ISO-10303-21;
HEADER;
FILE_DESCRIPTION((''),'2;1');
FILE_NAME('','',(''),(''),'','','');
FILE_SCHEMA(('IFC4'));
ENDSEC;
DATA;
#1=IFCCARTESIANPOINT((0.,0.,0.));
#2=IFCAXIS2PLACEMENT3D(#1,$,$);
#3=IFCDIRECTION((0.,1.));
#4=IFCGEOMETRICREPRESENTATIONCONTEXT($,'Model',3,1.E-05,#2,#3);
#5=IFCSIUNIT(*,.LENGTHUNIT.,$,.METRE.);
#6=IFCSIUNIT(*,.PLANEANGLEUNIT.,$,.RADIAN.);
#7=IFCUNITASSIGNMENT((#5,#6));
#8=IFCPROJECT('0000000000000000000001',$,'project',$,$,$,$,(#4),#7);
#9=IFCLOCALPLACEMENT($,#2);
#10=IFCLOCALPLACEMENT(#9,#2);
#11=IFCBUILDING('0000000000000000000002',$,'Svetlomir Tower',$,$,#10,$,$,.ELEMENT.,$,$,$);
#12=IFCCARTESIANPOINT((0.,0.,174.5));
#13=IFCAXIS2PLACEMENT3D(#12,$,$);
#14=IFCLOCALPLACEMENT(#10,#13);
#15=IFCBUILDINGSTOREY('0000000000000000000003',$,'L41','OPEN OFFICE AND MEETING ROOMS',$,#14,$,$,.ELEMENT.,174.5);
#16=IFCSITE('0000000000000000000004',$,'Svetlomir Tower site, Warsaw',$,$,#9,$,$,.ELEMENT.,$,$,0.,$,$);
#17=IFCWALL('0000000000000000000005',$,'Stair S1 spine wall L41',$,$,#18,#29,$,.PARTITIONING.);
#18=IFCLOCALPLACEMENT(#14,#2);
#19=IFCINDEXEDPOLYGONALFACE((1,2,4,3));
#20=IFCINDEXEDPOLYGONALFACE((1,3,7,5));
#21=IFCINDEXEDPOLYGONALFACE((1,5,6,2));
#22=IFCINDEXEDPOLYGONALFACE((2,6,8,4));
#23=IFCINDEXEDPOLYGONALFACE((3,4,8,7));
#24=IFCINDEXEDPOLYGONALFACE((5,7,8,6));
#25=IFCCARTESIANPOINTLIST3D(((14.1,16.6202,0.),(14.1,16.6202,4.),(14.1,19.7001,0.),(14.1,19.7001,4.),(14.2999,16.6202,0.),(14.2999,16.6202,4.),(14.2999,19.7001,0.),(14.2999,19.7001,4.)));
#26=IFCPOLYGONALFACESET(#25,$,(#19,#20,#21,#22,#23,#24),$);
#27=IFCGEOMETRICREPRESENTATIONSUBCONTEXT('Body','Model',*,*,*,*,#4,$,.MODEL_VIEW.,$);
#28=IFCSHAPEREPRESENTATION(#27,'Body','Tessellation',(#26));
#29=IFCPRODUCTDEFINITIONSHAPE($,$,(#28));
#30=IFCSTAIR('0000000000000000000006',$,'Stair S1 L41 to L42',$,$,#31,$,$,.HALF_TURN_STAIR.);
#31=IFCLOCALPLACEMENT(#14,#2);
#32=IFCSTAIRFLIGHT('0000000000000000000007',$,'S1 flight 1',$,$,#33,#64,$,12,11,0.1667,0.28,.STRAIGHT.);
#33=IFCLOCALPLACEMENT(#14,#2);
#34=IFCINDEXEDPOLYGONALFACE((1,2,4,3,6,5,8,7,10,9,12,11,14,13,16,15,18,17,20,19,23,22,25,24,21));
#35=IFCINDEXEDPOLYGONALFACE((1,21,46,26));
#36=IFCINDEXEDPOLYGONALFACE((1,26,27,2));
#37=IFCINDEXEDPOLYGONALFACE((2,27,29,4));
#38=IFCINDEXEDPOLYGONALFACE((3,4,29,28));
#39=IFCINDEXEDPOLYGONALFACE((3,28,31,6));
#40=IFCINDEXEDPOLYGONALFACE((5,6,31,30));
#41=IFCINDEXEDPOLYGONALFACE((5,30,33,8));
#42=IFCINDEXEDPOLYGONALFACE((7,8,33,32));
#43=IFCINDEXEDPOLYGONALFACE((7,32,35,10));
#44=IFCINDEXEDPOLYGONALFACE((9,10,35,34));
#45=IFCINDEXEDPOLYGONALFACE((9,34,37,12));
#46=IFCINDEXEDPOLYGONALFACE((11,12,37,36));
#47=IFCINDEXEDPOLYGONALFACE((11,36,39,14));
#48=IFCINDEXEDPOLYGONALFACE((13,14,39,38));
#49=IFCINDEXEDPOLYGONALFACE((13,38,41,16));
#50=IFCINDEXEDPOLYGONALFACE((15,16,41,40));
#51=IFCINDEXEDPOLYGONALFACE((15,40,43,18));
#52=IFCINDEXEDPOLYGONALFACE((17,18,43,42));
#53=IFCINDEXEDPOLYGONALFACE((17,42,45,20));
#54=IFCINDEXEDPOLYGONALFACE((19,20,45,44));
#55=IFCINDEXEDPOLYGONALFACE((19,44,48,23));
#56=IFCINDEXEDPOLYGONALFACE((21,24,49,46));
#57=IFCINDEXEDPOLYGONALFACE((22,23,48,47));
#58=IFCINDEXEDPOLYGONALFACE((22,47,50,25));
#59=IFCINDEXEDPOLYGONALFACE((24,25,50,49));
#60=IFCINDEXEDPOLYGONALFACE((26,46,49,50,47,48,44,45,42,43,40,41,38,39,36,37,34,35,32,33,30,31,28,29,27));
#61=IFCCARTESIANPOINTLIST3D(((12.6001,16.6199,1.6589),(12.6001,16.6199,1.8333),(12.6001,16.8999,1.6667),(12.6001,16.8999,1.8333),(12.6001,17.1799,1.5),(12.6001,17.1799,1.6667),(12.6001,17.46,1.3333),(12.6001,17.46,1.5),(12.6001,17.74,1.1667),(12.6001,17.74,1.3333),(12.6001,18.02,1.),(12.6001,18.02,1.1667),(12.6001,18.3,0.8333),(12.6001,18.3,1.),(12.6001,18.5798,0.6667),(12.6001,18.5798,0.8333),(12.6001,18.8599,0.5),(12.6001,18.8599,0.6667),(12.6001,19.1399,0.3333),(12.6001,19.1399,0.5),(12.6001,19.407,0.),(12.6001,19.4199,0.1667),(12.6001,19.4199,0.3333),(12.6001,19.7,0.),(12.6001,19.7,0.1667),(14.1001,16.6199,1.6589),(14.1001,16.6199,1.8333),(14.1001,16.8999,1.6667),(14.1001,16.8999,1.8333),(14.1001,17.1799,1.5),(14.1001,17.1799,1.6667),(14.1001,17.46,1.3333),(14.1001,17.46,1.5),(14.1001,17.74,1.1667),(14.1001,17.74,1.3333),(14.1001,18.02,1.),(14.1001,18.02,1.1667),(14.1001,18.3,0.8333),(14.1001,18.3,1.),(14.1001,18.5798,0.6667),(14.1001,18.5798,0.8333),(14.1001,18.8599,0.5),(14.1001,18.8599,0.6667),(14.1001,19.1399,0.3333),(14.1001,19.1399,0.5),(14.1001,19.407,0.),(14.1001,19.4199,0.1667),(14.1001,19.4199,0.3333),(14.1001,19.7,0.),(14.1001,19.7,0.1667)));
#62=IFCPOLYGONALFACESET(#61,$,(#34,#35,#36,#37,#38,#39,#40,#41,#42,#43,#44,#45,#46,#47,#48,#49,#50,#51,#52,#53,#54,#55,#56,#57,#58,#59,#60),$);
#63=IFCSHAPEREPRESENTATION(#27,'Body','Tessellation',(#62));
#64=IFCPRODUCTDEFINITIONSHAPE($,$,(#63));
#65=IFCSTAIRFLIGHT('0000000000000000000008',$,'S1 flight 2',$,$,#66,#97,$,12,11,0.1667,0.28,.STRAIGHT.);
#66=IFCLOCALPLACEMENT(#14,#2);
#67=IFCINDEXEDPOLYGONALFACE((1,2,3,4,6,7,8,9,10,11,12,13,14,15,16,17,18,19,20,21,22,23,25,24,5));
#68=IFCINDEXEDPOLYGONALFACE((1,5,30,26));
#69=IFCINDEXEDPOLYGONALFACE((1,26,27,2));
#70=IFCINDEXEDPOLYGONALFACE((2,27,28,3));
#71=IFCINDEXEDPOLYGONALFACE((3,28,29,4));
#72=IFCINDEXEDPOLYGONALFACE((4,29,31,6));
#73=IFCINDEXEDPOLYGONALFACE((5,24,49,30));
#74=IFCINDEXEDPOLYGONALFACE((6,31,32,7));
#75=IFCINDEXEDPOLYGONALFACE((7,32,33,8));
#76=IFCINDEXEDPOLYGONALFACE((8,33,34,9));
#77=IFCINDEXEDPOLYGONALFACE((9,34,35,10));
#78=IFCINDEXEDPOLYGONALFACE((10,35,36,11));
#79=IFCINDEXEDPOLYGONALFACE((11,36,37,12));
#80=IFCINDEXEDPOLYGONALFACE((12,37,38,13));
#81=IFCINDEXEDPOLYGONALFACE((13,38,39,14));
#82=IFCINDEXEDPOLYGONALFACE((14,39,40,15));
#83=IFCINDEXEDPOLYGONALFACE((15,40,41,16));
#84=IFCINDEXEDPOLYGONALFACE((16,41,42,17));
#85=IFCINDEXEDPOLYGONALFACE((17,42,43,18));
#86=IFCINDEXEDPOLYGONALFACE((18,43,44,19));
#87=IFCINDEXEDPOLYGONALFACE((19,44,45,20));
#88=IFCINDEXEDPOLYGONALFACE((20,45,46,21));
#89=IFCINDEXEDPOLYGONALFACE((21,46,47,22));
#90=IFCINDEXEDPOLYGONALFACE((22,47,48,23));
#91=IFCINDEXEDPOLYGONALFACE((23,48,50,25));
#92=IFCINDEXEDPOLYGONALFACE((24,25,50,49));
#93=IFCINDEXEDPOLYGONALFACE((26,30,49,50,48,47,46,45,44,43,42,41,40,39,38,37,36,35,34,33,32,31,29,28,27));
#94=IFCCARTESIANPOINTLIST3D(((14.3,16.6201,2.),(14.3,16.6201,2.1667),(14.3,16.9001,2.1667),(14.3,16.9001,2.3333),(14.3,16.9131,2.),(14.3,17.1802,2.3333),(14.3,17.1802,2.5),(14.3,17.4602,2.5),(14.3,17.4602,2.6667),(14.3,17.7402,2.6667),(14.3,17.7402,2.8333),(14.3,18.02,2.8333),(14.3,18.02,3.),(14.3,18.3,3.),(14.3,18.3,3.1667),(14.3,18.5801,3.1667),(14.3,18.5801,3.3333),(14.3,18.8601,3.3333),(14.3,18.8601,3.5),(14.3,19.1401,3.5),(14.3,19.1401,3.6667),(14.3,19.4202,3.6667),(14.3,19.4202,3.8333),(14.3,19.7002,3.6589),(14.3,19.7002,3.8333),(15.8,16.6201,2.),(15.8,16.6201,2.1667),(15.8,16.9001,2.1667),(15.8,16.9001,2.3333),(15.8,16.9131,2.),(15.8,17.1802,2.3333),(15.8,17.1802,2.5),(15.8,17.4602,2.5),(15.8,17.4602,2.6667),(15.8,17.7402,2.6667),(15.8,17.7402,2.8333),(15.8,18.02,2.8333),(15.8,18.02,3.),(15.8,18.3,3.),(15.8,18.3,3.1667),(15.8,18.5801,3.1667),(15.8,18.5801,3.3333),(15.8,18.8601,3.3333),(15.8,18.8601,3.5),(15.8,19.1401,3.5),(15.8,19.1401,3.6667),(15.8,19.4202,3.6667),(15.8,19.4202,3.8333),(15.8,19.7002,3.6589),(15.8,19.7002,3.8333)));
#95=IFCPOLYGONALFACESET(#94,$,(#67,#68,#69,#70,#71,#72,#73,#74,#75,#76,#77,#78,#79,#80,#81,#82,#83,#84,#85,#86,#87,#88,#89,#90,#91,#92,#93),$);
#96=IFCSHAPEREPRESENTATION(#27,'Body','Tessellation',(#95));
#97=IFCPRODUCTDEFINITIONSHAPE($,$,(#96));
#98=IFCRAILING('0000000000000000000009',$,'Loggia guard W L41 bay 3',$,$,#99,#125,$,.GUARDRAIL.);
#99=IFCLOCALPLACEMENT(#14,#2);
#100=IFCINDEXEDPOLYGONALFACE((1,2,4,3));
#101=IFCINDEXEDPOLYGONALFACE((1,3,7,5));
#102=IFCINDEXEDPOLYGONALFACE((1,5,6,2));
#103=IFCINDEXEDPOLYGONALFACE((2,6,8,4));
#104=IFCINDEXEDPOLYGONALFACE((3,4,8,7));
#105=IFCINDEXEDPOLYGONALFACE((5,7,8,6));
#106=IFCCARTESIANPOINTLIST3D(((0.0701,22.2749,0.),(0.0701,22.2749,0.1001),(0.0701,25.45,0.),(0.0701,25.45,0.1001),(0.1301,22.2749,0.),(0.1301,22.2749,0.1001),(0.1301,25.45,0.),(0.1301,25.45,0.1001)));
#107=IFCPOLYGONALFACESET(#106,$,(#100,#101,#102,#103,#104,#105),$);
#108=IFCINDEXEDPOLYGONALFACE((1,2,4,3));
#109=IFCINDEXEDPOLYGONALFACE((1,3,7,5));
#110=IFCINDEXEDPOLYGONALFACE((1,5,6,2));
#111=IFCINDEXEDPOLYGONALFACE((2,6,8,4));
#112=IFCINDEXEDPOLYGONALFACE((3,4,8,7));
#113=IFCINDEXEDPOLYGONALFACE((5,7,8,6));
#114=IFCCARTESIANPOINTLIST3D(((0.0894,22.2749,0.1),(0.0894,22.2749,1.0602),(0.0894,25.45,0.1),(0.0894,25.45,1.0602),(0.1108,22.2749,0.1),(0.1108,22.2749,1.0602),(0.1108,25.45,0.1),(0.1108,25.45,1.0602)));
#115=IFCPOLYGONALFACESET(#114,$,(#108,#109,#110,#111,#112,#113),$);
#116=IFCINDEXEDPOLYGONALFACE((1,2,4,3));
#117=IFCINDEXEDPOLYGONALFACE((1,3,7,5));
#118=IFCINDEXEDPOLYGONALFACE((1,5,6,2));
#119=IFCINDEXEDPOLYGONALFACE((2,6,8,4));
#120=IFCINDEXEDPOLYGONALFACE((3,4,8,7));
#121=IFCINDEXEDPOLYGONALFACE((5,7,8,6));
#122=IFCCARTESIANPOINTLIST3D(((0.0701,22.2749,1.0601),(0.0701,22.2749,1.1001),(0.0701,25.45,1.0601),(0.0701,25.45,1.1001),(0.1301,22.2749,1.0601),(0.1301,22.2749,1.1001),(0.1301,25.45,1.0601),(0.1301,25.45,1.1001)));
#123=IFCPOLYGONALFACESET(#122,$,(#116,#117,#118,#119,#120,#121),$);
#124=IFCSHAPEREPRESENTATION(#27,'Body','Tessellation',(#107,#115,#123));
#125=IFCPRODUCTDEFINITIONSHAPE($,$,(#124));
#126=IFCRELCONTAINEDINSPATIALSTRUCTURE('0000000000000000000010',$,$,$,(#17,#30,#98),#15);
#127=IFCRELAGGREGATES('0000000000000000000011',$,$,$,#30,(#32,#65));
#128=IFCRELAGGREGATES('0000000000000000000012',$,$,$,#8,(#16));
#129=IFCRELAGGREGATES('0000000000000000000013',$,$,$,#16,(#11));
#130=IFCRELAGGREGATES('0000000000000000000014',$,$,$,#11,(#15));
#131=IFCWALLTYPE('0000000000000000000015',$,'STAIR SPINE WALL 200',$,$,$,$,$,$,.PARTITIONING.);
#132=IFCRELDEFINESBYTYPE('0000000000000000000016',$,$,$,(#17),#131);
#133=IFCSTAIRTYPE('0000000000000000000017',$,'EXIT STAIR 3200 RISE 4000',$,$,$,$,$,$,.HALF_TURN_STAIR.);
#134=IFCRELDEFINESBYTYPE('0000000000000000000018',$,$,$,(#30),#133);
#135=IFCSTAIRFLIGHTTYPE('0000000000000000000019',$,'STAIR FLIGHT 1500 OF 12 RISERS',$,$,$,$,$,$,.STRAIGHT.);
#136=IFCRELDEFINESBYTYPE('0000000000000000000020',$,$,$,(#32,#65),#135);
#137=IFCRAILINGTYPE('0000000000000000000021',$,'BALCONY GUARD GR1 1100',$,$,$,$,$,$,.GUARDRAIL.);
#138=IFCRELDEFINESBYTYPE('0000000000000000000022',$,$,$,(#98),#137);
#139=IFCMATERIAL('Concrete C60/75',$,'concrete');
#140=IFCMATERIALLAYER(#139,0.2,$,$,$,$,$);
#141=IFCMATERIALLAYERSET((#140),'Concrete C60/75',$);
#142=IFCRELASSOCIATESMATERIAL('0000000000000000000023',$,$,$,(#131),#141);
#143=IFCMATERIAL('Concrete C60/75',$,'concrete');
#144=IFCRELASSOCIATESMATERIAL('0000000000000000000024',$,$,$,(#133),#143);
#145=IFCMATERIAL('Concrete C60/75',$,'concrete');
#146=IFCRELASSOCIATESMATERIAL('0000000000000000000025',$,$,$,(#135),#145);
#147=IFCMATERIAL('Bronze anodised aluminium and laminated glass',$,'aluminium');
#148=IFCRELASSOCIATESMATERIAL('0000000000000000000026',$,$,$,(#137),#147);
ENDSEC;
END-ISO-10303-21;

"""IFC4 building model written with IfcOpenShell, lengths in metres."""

from ifc_helpers import new_model, si_unit, direction, frame, frame_2d, origin, origin_2d, place, context, subcontext, project, spatial, polyline, rectangle, outline, extrude, material, layer, layer_set, type_object, element, aggregate, save


model = new_model("IFC4")

# Units and contexts
model_context = context("Model", 3, precision=1e-05, world=origin(), true_north=direction((0.0, 1.0)))
body_context = subcontext(model_context, "Body", "Model", "MODEL_VIEW")
ifc_project = project(units=[si_unit("LENGTHUNIT", "METRE"), si_unit("PLANEANGLEUNIT", "RADIAN")], contexts=[model_context])

# Site, building, storey
site_placement = place(None, origin())
site = spatial("IfcSite", under=ifc_project, at=site_placement, Name="Svetlomir Tower site, Warsaw", CompositionType="ELEMENT", RefElevation=0.0)
building_placement = place(site_placement, origin())
building = spatial("IfcBuilding", under=site, at=building_placement, Name="Svetlomir Tower", CompositionType="ELEMENT")
storey_placement = place(building_placement, frame((0.0, 0.0, 174.5)))
storey = spatial("IfcBuildingStorey", under=building, at=storey_placement, Name="L41", Description="OPEN OFFICE AND MEETING ROOMS", CompositionType="ELEMENT", Elevation=174.5)

# Wall
ifc_material_1 = material(Name="Concrete C60/75", Category="concrete")
ifc_layer_1 = layer(ifc_material_1, 0.2)
ifc_layer_set_1 = layer_set([ifc_layer_1], Name="Concrete C60/75")
wall_type_1 = type_object("IfcWallType", Name="STAIR SPINE WALL 200", PredefinedType="PARTITIONING", material=ifc_layer_set_1)
wall_1_placement = place(storey_placement, frame((14.2, 16.6201, 0.0), z_axis=(0.0, 0.0, 1.0), x_axis=(0.0, 1.0, 0.0)))
element("IfcWall", 1, at=wall_1_placement, inside=storey, type_object=wall_type_1, Name="Stair S1 spine wall L41", PredefinedType="PARTITIONING", context=body_context, shape_type="SweptSolid", body=[
    extrude(rectangle(XDim=3.0798, YDim=0.2, at=frame_2d((1.54, 0.0))), origin(), (0.0, 0.0, 1.0), 4.0),
])

# Stair, stair flights
ifc_material_2 = material(Name="Concrete C60/75", Category="concrete")
stair_type = type_object("IfcStairType", Name="EXIT STAIR 3200 RISE 4000", PredefinedType="HALF_TURN_STAIR", material=ifc_material_2)
stair_placement = place(storey_placement, origin())
stair = element("IfcStair", 2, at=stair_placement, inside=storey, type_object=stair_type, Name="Stair S1 L41 to L42", PredefinedType="HALF_TURN_STAIR")
ifc_material_3 = material(Name="Concrete C60/75", Category="concrete")
stair_flight_type = type_object("IfcStairFlightType", Name="STAIR FLIGHT 1500 OF 12 RISERS", PredefinedType="STRAIGHT", material=ifc_material_3)
stair_flight_1_placement = place(storey_placement, frame((13.3501, 19.7, 0.0), z_axis=(0.0, 0.0, 1.0), x_axis=(0.0, -1.0, 0.0)))
stair_flight_1 = element("IfcStairFlight", 3, at=stair_flight_1_placement, type_object=stair_flight_type, Name="S1 flight 1", NumberOfRisers=12, NumberOfTreads=11, PredefinedType="STRAIGHT", RiserHeight=0.1667, TreadLength=0.28, context=body_context, shape_type="SweptSolid", body=[
    extrude(outline(polyline([(0.0, 0.0), (0.0, 0.1667), (0.28, 0.1667), (0.28, 0.3333), (0.5601, 0.3333), (0.5601, 0.5), (0.8401, 0.5), (0.8401, 0.6667), (1.1201, 0.6667), (1.1201, 0.8333), (1.3999, 0.8333), (1.3999, 1.0), (1.6799, 1.0), (1.6799, 1.1667), (1.96, 1.1667), (1.96, 1.3333), (2.24, 1.3333), (2.24, 1.5), (2.52, 1.5), (2.52, 1.6667), (2.8, 1.6667), (2.8, 1.8333), (3.0801, 1.8333), (3.0801, 2.0), (3.0801, 1.6589), (0.293, 0.0), (0.0, 0.0)])), frame((0.0, 0.75, 0.0), z_axis=(0.0, -1.0, 0.0), x_axis=(1.0, 0.0, 0.0)), (0.0, 0.0, 1.0), 1.5),
])
stair_flight_2_placement = place(storey_placement, frame((15.05, 16.6201, 2.0), z_axis=(0.0, 0.0, 1.0), x_axis=(0.0, 1.0, 0.0)))
stair_flight_2 = element("IfcStairFlight", 4, at=stair_flight_2_placement, type_object=stair_flight_type, Name="S1 flight 2", NumberOfRisers=12, NumberOfTreads=11, PredefinedType="STRAIGHT", RiserHeight=0.1667, TreadLength=0.28, context=body_context, shape_type="SweptSolid", body=[
    extrude(outline(polyline([(0.0, 0.0), (0.0, 0.1667), (0.28, 0.1667), (0.28, 0.3333), (0.5601, 0.3333), (0.5601, 0.5), (0.8401, 0.5), (0.8401, 0.6667), (1.1201, 0.6667), (1.1201, 0.8333), (1.3999, 0.8333), (1.3999, 1.0), (1.6799, 1.0), (1.6799, 1.1667), (1.96, 1.1667), (1.96, 1.3333), (2.24, 1.3333), (2.24, 1.5), (2.52, 1.5), (2.52, 1.6667), (2.8, 1.6667), (2.8, 1.8333), (3.0801, 1.8333), (3.0801, 2.0), (3.0801, 1.6589), (0.293, 0.0), (0.0, 0.0)])), frame((0.0, 0.75, 0.0), z_axis=(0.0, -1.0, 0.0), x_axis=(1.0, 0.0, 0.0)), (0.0, 0.0, 1.0), 1.5),
])
aggregate(stair, [stair_flight_1, stair_flight_2])

# Railing
ifc_material_4 = material(Name="Bronze anodised aluminium and laminated glass", Category="aluminium")
railing_type_1 = type_object("IfcRailingType", Name="BALCONY GUARD GR1 1100", PredefinedType="GUARDRAIL", material=ifc_material_4)
railing_1_placement = place(storey_placement, frame((0.1001, 22.2749, 0.0)))
element("IfcRailing", 5, at=railing_1_placement, inside=storey, type_object=railing_type_1, Name="Loggia guard W L41 bay 3", PredefinedType="GUARDRAIL", context=body_context, shape_type="SweptSolid", body=[
    extrude(rectangle(XDim=0.0601, YDim=0.1001, at=origin_2d()), frame((0.0, 0.0, 0.05), z_axis=(0.0, 1.0, 0.0), x_axis=(-1.0, 0.0, 0.0)), (0.0, 0.0, 1.0), 3.175),
    extrude(rectangle(XDim=0.0215, YDim=0.9602, at=origin_2d()), frame((0.0, 0.0, 0.5801), z_axis=(0.0, 1.0, 0.0), x_axis=(-1.0, 0.0, 0.0)), (0.0, 0.0, 1.0), 3.175),
    extrude(rectangle(XDim=0.0601, YDim=0.04, at=origin_2d()), frame((0.0, 0.0, 1.0801), z_axis=(0.0, 1.0, 0.0), x_axis=(-1.0, 0.0, 0.0)), (0.0, 0.0, 1.0), 3.175),
])

save(model, "model.ifc")
